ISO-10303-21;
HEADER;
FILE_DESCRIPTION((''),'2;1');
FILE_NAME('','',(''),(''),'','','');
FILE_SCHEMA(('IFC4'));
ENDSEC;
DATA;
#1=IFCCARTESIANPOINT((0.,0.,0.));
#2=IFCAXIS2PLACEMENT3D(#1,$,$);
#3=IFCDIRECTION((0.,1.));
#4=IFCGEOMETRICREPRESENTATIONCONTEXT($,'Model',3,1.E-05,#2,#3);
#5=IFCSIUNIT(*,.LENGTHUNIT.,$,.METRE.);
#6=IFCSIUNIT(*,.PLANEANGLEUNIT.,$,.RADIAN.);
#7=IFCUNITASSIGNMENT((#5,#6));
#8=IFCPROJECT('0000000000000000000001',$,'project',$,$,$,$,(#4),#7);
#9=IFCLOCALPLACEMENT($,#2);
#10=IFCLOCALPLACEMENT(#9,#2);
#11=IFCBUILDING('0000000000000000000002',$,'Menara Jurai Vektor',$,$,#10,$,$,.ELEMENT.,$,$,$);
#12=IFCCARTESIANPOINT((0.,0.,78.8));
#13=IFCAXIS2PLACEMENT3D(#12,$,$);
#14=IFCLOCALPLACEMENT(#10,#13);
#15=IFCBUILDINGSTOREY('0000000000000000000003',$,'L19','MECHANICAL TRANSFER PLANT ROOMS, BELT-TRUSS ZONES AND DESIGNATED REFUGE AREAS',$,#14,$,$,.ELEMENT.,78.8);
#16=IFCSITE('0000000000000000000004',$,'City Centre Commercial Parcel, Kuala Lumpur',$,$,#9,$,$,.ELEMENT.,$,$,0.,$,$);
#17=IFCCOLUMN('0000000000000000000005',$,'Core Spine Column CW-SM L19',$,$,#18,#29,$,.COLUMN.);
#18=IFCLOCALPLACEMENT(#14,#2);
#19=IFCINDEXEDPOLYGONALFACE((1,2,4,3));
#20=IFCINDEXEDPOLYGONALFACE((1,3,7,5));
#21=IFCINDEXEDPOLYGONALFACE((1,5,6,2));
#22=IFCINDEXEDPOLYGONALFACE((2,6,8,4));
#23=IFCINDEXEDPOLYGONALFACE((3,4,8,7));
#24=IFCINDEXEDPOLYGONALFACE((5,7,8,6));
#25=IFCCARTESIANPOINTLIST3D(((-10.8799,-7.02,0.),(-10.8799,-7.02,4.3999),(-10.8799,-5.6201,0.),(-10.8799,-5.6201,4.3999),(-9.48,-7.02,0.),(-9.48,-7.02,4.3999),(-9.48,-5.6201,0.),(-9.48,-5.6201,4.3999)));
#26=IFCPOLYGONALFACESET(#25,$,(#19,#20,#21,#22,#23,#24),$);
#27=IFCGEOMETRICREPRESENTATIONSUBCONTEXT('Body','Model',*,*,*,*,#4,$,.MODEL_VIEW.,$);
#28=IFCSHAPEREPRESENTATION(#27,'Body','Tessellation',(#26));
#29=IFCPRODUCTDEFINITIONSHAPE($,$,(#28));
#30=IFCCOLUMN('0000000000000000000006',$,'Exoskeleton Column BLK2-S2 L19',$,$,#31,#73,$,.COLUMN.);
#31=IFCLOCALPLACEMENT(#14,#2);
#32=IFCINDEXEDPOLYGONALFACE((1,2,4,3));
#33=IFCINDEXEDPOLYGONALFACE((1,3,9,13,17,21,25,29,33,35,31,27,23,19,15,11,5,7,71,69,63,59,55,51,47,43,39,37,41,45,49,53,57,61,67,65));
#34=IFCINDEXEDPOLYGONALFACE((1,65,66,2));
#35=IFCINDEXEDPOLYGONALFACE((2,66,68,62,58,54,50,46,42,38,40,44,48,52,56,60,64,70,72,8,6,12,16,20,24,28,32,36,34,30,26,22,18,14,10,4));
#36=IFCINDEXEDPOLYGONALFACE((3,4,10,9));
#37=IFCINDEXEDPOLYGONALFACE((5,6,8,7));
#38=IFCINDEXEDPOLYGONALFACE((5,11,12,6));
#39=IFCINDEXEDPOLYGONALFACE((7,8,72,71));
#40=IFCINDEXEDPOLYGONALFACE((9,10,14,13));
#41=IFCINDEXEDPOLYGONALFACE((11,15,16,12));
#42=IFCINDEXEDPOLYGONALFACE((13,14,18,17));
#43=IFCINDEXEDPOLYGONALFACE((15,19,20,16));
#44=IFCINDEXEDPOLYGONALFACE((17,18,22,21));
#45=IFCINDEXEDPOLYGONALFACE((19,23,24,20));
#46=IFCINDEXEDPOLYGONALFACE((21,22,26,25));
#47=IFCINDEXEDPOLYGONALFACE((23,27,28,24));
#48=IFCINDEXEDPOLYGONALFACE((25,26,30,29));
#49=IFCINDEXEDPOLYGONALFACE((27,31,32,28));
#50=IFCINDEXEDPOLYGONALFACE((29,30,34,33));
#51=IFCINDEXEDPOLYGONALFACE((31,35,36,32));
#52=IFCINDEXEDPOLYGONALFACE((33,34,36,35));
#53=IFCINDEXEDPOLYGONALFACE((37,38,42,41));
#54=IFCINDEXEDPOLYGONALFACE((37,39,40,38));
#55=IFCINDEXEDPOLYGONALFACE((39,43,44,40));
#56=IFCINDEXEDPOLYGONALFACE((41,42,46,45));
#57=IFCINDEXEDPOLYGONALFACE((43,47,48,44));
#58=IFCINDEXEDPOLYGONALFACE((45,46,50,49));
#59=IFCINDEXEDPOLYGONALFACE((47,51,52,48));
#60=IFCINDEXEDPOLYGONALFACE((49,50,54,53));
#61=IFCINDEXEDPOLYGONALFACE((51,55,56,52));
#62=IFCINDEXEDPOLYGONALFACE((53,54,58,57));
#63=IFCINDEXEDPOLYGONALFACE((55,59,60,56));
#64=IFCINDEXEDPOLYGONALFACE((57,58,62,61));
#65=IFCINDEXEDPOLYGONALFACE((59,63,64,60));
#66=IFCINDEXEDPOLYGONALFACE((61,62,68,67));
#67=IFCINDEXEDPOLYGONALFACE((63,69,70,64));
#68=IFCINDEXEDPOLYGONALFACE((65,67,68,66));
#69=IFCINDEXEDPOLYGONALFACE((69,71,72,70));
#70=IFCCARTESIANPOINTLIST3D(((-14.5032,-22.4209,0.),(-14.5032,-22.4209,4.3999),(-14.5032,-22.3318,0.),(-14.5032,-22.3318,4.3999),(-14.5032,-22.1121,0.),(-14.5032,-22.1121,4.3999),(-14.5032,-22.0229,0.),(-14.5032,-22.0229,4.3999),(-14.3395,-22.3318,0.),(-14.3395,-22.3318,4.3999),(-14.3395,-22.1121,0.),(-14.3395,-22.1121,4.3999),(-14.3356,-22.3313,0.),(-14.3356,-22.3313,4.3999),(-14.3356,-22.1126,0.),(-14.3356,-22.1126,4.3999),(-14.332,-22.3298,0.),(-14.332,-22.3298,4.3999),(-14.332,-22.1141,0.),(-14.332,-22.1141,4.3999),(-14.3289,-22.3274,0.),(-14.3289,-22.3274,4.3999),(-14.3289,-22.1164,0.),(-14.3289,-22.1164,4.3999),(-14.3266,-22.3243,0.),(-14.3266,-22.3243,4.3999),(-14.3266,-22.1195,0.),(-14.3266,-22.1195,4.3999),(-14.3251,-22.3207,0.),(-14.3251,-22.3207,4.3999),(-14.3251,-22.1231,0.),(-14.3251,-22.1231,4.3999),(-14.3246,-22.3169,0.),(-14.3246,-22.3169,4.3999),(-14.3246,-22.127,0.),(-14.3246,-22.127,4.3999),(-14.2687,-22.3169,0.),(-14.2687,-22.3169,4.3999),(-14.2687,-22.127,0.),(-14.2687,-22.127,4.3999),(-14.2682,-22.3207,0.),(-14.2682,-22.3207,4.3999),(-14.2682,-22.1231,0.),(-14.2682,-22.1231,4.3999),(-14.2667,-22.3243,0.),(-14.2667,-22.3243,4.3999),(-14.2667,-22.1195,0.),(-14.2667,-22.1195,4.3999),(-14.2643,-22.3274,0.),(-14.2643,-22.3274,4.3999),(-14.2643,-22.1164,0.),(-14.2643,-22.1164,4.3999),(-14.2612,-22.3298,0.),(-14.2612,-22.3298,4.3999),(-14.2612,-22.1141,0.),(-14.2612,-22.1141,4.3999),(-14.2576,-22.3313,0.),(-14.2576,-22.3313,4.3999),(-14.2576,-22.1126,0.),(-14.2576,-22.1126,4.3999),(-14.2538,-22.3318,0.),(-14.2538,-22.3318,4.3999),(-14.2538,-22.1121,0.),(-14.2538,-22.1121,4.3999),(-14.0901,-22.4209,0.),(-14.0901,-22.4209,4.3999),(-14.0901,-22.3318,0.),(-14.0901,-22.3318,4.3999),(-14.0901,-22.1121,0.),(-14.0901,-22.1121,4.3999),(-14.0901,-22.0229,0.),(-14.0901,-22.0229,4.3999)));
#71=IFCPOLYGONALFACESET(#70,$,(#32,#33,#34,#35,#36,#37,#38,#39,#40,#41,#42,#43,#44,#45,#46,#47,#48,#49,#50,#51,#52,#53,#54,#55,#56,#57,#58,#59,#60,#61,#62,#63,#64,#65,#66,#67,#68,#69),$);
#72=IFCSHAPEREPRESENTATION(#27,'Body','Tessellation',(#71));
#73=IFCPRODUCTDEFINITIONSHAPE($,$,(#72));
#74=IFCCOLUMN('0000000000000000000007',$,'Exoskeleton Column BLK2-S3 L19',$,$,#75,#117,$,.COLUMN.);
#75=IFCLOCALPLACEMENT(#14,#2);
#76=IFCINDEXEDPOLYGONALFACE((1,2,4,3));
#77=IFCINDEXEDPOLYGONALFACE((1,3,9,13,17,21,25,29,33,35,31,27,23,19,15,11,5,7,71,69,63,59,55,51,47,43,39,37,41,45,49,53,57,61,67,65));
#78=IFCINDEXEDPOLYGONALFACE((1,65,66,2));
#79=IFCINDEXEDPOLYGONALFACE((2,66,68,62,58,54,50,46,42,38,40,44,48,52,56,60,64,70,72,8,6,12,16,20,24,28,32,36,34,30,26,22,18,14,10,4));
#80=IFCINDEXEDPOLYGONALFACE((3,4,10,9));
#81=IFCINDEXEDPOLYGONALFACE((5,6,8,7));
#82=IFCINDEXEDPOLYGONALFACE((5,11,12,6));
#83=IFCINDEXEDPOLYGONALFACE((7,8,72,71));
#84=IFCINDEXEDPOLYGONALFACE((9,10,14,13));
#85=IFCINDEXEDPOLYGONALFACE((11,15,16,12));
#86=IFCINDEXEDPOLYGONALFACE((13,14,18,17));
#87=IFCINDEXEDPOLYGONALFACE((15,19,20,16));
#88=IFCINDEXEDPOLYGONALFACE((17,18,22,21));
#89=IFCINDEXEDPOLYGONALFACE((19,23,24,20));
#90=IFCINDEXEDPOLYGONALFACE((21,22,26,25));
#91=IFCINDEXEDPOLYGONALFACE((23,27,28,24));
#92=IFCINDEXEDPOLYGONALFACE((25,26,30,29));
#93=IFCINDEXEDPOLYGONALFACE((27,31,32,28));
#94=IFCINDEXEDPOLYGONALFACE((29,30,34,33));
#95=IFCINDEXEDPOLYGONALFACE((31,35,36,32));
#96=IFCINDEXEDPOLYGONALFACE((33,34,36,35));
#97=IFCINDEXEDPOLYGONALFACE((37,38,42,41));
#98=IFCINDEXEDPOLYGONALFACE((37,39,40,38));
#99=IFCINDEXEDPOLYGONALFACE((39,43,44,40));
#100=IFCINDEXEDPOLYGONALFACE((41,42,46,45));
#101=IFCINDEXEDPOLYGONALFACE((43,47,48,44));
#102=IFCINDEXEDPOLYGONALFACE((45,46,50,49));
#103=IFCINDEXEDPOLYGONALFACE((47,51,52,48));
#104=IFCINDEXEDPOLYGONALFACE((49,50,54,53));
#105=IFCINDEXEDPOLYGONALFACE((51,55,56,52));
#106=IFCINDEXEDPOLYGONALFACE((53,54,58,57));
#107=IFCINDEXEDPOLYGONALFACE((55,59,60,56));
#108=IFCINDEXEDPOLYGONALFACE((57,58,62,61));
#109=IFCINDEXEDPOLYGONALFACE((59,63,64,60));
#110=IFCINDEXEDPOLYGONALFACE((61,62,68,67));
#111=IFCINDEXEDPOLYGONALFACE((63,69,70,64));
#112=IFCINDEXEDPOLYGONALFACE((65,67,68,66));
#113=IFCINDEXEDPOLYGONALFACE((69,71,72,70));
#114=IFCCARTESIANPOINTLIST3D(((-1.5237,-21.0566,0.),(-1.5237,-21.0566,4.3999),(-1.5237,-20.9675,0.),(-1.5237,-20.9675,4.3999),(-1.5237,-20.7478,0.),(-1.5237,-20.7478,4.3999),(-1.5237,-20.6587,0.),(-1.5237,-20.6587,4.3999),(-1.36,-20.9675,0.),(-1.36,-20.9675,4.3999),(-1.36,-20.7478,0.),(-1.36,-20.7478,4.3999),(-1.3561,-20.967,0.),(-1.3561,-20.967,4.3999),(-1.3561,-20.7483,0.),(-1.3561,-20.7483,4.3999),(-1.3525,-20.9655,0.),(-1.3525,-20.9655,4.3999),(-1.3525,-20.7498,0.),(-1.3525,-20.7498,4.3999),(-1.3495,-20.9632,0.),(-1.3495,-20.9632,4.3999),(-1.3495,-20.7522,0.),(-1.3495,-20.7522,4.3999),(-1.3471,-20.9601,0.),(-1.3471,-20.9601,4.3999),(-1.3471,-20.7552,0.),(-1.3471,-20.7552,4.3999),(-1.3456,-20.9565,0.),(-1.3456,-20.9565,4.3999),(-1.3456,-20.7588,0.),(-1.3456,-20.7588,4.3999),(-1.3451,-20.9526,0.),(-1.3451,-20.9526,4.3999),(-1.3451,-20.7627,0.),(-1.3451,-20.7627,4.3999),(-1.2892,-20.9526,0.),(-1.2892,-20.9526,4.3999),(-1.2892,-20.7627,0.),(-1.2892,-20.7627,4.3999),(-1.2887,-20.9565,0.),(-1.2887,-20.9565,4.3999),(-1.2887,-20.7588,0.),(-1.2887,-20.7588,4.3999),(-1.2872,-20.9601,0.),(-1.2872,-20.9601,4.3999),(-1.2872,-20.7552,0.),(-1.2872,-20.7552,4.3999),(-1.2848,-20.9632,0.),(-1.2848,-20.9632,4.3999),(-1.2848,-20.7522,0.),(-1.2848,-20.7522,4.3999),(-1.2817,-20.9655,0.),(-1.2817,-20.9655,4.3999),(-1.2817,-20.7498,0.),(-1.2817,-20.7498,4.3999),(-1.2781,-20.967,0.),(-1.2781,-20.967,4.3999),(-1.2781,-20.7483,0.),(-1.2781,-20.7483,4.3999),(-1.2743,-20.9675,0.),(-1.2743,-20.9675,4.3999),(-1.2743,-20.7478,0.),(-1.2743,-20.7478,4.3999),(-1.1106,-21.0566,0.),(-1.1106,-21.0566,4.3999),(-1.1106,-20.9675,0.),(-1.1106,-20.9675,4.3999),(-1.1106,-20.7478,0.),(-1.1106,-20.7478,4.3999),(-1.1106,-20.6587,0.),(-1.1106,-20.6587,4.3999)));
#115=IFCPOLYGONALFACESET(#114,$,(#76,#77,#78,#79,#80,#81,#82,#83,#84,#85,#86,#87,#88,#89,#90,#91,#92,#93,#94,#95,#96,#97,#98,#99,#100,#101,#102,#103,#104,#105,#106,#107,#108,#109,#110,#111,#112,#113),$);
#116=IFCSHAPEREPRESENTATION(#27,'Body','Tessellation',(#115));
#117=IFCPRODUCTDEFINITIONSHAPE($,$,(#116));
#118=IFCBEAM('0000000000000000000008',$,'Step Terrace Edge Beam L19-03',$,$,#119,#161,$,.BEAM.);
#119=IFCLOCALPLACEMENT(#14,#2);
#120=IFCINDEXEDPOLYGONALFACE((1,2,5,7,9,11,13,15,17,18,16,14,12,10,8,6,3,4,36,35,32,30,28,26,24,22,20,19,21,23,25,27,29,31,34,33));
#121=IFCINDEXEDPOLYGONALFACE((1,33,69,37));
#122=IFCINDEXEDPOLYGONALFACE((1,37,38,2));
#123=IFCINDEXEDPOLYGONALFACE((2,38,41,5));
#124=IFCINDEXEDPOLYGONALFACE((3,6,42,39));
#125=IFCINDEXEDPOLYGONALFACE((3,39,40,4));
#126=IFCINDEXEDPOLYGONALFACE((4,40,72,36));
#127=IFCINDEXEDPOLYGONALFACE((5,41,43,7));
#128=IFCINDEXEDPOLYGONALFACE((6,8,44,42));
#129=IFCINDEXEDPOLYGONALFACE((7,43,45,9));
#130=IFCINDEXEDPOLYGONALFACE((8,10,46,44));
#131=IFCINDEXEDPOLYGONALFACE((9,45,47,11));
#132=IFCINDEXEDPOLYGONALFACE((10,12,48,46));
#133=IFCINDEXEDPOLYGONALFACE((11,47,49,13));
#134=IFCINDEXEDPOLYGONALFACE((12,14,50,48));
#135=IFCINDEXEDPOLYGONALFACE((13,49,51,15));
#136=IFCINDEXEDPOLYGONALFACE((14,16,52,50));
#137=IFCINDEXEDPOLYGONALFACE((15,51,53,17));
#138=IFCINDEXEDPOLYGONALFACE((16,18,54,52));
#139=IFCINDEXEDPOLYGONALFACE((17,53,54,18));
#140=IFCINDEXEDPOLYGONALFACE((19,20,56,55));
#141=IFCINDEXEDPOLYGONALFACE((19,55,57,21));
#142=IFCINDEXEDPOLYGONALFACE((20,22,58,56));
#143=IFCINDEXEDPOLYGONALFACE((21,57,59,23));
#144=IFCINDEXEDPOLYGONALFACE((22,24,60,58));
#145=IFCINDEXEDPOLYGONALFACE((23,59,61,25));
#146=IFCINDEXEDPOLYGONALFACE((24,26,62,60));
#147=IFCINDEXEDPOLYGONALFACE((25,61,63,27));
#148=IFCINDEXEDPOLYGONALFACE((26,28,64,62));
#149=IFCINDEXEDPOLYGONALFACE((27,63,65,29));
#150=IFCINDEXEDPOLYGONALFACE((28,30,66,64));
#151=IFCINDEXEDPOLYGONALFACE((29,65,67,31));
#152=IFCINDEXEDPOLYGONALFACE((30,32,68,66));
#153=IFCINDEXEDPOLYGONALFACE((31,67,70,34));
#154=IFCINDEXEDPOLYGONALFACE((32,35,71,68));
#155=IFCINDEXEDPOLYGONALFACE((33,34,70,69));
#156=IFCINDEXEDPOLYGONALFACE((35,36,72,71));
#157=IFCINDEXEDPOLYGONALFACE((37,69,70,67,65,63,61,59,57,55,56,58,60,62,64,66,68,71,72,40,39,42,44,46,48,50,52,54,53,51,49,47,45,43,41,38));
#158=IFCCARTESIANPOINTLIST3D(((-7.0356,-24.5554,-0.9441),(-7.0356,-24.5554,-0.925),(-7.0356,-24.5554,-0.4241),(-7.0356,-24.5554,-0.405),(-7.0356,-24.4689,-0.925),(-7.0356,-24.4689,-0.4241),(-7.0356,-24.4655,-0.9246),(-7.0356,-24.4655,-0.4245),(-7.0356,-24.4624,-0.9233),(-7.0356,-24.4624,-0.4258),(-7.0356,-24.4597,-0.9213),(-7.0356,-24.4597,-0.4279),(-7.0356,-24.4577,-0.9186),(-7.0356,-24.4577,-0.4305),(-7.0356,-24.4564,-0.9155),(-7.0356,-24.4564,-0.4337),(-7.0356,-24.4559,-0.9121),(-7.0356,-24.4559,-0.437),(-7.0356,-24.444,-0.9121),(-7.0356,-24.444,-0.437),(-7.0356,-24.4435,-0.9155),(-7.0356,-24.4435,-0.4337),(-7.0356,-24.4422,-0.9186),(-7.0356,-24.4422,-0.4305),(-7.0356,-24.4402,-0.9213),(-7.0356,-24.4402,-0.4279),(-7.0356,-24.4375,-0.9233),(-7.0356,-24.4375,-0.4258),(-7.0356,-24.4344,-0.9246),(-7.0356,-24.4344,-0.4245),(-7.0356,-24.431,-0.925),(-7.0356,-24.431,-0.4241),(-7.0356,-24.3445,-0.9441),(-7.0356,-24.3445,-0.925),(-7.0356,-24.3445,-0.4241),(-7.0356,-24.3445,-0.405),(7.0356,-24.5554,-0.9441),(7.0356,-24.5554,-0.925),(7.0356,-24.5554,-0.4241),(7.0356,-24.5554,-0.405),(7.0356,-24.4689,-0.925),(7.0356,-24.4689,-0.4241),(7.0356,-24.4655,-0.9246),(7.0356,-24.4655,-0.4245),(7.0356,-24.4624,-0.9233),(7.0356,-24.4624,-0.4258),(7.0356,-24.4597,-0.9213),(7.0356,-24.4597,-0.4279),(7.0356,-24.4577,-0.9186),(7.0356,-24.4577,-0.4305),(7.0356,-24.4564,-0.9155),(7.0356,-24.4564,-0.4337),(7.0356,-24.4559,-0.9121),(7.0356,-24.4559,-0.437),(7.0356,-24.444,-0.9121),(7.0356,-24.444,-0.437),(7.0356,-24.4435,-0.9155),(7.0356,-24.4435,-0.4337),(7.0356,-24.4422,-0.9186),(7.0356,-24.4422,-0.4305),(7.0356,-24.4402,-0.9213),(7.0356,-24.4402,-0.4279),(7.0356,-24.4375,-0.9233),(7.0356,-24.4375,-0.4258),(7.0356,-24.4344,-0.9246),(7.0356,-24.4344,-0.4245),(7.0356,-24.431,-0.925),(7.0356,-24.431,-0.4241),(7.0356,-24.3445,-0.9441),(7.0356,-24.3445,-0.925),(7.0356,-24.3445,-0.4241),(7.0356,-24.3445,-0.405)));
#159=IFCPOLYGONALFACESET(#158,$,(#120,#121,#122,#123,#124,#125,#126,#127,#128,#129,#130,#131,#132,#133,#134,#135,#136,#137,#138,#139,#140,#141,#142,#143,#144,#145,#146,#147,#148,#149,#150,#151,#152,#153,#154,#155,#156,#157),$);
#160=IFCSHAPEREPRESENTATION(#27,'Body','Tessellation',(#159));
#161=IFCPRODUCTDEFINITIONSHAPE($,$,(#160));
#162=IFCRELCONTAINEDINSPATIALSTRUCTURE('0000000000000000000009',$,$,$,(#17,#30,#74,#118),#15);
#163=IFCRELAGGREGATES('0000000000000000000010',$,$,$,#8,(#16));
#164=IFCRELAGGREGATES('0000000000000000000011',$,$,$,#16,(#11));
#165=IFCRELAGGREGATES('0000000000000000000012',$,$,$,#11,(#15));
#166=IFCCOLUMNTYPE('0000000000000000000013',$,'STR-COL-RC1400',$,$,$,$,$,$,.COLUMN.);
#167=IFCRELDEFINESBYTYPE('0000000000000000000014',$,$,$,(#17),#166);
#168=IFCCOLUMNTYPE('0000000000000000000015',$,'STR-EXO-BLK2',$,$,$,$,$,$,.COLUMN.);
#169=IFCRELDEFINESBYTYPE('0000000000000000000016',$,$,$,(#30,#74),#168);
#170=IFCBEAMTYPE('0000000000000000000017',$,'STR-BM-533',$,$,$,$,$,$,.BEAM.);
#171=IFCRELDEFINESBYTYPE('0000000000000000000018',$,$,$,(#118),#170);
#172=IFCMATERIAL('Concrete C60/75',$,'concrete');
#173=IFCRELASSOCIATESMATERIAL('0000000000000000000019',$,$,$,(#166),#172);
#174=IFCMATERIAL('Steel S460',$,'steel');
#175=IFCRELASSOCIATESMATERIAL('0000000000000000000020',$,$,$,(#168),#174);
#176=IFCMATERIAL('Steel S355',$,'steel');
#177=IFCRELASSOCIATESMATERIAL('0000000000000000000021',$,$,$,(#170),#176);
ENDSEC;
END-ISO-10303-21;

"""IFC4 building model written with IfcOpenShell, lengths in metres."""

from ifc_helpers import new_model, si_unit, direction, frame, origin, origin_2d, place, context, subcontext, project, spatial, rectangle, i_section, extrude, material, material_profile, profile_set, type_object, element, save


model = new_model("IFC4")

# Units and contexts
model_context = context("Model", 3, precision=1e-05, world=origin(), true_north=direction((0.0, 1.0)))
body_context = subcontext(model_context, "Body", "Model", "MODEL_VIEW")
ifc_project = project(units=[si_unit("LENGTHUNIT", "METRE"), si_unit("PLANEANGLEUNIT", "RADIAN")], contexts=[model_context])

# Site, building, storey
site_placement = place(None, origin())
site = spatial("IfcSite", under=ifc_project, at=site_placement, Name="City Centre Commercial Parcel, Kuala Lumpur", CompositionType="ELEMENT", RefElevation=0.0)
building_placement = place(site_placement, origin())
building = spatial("IfcBuilding", under=site, at=building_placement, Name="Menara Jurai Vektor", CompositionType="ELEMENT")
storey_placement = place(building_placement, frame((0.0, 0.0, 78.8)))
storey = spatial("IfcBuildingStorey", under=building, at=storey_placement, Name="L19", Description="MECHANICAL TRANSFER PLANT ROOMS, BELT-TRUSS ZONES AND DESIGNATED REFUGE AREAS", CompositionType="ELEMENT", Elevation=78.8)

# Columns
ifc_material_1 = material(Name="Concrete C60/75", Category="concrete")
ifc_material_profile_1 = material_profile(ifc_material_1, rectangle(XDim=1.3999, YDim=1.3999, at=origin_2d()), Name="RC 1400x1400")
ifc_profile_set_1 = profile_set([ifc_material_profile_1], Name="Concrete C60/75")
column_type_1 = type_object("IfcColumnType", Name="STR-COL-RC1400", PredefinedType="COLUMN", material=ifc_profile_set_1)
column_placement = place(storey_placement, frame((-10.1799, -6.3201, 0.0), z_axis=(0.0, 0.0, 1.0), x_axis=(1.0, 0.0, 0.0)))
element("IfcColumn", 1, at=column_placement, inside=storey, type_object=column_type_1, Name="Core Spine Column CW-SM L19", PredefinedType="COLUMN", context=body_context, shape_type="SweptSolid", body=[
    extrude(rectangle(XDim=1.3999, YDim=1.3999, at=origin_2d()), origin(), (0.0, 0.0, 1.0), 4.3999),
])
ifc_material_2 = material(Name="Steel S460", Category="steel")
ifc_material_profile_2 = material_profile(ifc_material_2, i_section(OverallWidth=0.4131, OverallDepth=0.3979, WebThickness=0.0559, FlangeThickness=0.0891, FilletRadius=0.0149, at=origin_2d()), Name="HD 400x744")
ifc_profile_set_2 = profile_set([ifc_material_profile_2], Name="Steel S460")
column_type_2 = type_object("IfcColumnType", Name="STR-EXO-BLK2", PredefinedType="COLUMN", material=ifc_profile_set_2)
for number, where, z_axis, x_axis, name in (
    (2, (-14.2966, -22.2219, 0.0), (0.0, 0.0, 1.0), (1.0, 0.0, 0.0), "Exoskeleton Column BLK2-S2 L19"),
    (3, (-1.3171, -20.8577, 0.0), (0.0, 0.0, 1.0), (1.0, 0.0, 0.0), "Exoskeleton Column BLK2-S3 L19"),
):
    element("IfcColumn", number, at=place(storey_placement, frame(where, z_axis=z_axis, x_axis=x_axis)), inside=storey, type_object=column_type_2, Name=name, PredefinedType="COLUMN", context=body_context, shape_type="SweptSolid", body=[
        extrude(i_section(OverallWidth=0.4131, OverallDepth=0.3979, WebThickness=0.0559, FlangeThickness=0.0891, FilletRadius=0.0149, at=origin_2d()), origin(), (0.0, 0.0, 1.0), 4.3999),
    ])

# Beam
ifc_material_3 = material(Name="Steel S355", Category="steel")
ifc_material_profile_3 = material_profile(ifc_material_3, i_section(OverallWidth=0.2109, OverallDepth=0.5391, WebThickness=0.012, FlangeThickness=0.019, FilletRadius=0.0129, at=origin_2d()), Name="UKB 533x210x109")
ifc_profile_set_3 = profile_set([ifc_material_profile_3], Name="Steel S355")
beam_type_1 = type_object("IfcBeamType", Name="STR-BM-533", PredefinedType="BEAM", material=ifc_profile_set_3)
beam_1_placement = place(storey_placement, frame((-7.0356, -24.45, -0.6746), z_axis=(1.0, 0.0, 0.0), x_axis=(0.0, 1.0, 0.0)))
element("IfcBeam", 4, at=beam_1_placement, inside=storey, type_object=beam_type_1, Name="Step Terrace Edge Beam L19-03", PredefinedType="BEAM", context=body_context, shape_type="SweptSolid", body=[
    extrude(i_section(OverallWidth=0.2109, OverallDepth=0.5391, WebThickness=0.012, FlangeThickness=0.019, FilletRadius=0.0129, at=origin_2d()), origin(), (0.0, 0.0, 1.0), 14.0713),
])

save(model, "model.ifc")
